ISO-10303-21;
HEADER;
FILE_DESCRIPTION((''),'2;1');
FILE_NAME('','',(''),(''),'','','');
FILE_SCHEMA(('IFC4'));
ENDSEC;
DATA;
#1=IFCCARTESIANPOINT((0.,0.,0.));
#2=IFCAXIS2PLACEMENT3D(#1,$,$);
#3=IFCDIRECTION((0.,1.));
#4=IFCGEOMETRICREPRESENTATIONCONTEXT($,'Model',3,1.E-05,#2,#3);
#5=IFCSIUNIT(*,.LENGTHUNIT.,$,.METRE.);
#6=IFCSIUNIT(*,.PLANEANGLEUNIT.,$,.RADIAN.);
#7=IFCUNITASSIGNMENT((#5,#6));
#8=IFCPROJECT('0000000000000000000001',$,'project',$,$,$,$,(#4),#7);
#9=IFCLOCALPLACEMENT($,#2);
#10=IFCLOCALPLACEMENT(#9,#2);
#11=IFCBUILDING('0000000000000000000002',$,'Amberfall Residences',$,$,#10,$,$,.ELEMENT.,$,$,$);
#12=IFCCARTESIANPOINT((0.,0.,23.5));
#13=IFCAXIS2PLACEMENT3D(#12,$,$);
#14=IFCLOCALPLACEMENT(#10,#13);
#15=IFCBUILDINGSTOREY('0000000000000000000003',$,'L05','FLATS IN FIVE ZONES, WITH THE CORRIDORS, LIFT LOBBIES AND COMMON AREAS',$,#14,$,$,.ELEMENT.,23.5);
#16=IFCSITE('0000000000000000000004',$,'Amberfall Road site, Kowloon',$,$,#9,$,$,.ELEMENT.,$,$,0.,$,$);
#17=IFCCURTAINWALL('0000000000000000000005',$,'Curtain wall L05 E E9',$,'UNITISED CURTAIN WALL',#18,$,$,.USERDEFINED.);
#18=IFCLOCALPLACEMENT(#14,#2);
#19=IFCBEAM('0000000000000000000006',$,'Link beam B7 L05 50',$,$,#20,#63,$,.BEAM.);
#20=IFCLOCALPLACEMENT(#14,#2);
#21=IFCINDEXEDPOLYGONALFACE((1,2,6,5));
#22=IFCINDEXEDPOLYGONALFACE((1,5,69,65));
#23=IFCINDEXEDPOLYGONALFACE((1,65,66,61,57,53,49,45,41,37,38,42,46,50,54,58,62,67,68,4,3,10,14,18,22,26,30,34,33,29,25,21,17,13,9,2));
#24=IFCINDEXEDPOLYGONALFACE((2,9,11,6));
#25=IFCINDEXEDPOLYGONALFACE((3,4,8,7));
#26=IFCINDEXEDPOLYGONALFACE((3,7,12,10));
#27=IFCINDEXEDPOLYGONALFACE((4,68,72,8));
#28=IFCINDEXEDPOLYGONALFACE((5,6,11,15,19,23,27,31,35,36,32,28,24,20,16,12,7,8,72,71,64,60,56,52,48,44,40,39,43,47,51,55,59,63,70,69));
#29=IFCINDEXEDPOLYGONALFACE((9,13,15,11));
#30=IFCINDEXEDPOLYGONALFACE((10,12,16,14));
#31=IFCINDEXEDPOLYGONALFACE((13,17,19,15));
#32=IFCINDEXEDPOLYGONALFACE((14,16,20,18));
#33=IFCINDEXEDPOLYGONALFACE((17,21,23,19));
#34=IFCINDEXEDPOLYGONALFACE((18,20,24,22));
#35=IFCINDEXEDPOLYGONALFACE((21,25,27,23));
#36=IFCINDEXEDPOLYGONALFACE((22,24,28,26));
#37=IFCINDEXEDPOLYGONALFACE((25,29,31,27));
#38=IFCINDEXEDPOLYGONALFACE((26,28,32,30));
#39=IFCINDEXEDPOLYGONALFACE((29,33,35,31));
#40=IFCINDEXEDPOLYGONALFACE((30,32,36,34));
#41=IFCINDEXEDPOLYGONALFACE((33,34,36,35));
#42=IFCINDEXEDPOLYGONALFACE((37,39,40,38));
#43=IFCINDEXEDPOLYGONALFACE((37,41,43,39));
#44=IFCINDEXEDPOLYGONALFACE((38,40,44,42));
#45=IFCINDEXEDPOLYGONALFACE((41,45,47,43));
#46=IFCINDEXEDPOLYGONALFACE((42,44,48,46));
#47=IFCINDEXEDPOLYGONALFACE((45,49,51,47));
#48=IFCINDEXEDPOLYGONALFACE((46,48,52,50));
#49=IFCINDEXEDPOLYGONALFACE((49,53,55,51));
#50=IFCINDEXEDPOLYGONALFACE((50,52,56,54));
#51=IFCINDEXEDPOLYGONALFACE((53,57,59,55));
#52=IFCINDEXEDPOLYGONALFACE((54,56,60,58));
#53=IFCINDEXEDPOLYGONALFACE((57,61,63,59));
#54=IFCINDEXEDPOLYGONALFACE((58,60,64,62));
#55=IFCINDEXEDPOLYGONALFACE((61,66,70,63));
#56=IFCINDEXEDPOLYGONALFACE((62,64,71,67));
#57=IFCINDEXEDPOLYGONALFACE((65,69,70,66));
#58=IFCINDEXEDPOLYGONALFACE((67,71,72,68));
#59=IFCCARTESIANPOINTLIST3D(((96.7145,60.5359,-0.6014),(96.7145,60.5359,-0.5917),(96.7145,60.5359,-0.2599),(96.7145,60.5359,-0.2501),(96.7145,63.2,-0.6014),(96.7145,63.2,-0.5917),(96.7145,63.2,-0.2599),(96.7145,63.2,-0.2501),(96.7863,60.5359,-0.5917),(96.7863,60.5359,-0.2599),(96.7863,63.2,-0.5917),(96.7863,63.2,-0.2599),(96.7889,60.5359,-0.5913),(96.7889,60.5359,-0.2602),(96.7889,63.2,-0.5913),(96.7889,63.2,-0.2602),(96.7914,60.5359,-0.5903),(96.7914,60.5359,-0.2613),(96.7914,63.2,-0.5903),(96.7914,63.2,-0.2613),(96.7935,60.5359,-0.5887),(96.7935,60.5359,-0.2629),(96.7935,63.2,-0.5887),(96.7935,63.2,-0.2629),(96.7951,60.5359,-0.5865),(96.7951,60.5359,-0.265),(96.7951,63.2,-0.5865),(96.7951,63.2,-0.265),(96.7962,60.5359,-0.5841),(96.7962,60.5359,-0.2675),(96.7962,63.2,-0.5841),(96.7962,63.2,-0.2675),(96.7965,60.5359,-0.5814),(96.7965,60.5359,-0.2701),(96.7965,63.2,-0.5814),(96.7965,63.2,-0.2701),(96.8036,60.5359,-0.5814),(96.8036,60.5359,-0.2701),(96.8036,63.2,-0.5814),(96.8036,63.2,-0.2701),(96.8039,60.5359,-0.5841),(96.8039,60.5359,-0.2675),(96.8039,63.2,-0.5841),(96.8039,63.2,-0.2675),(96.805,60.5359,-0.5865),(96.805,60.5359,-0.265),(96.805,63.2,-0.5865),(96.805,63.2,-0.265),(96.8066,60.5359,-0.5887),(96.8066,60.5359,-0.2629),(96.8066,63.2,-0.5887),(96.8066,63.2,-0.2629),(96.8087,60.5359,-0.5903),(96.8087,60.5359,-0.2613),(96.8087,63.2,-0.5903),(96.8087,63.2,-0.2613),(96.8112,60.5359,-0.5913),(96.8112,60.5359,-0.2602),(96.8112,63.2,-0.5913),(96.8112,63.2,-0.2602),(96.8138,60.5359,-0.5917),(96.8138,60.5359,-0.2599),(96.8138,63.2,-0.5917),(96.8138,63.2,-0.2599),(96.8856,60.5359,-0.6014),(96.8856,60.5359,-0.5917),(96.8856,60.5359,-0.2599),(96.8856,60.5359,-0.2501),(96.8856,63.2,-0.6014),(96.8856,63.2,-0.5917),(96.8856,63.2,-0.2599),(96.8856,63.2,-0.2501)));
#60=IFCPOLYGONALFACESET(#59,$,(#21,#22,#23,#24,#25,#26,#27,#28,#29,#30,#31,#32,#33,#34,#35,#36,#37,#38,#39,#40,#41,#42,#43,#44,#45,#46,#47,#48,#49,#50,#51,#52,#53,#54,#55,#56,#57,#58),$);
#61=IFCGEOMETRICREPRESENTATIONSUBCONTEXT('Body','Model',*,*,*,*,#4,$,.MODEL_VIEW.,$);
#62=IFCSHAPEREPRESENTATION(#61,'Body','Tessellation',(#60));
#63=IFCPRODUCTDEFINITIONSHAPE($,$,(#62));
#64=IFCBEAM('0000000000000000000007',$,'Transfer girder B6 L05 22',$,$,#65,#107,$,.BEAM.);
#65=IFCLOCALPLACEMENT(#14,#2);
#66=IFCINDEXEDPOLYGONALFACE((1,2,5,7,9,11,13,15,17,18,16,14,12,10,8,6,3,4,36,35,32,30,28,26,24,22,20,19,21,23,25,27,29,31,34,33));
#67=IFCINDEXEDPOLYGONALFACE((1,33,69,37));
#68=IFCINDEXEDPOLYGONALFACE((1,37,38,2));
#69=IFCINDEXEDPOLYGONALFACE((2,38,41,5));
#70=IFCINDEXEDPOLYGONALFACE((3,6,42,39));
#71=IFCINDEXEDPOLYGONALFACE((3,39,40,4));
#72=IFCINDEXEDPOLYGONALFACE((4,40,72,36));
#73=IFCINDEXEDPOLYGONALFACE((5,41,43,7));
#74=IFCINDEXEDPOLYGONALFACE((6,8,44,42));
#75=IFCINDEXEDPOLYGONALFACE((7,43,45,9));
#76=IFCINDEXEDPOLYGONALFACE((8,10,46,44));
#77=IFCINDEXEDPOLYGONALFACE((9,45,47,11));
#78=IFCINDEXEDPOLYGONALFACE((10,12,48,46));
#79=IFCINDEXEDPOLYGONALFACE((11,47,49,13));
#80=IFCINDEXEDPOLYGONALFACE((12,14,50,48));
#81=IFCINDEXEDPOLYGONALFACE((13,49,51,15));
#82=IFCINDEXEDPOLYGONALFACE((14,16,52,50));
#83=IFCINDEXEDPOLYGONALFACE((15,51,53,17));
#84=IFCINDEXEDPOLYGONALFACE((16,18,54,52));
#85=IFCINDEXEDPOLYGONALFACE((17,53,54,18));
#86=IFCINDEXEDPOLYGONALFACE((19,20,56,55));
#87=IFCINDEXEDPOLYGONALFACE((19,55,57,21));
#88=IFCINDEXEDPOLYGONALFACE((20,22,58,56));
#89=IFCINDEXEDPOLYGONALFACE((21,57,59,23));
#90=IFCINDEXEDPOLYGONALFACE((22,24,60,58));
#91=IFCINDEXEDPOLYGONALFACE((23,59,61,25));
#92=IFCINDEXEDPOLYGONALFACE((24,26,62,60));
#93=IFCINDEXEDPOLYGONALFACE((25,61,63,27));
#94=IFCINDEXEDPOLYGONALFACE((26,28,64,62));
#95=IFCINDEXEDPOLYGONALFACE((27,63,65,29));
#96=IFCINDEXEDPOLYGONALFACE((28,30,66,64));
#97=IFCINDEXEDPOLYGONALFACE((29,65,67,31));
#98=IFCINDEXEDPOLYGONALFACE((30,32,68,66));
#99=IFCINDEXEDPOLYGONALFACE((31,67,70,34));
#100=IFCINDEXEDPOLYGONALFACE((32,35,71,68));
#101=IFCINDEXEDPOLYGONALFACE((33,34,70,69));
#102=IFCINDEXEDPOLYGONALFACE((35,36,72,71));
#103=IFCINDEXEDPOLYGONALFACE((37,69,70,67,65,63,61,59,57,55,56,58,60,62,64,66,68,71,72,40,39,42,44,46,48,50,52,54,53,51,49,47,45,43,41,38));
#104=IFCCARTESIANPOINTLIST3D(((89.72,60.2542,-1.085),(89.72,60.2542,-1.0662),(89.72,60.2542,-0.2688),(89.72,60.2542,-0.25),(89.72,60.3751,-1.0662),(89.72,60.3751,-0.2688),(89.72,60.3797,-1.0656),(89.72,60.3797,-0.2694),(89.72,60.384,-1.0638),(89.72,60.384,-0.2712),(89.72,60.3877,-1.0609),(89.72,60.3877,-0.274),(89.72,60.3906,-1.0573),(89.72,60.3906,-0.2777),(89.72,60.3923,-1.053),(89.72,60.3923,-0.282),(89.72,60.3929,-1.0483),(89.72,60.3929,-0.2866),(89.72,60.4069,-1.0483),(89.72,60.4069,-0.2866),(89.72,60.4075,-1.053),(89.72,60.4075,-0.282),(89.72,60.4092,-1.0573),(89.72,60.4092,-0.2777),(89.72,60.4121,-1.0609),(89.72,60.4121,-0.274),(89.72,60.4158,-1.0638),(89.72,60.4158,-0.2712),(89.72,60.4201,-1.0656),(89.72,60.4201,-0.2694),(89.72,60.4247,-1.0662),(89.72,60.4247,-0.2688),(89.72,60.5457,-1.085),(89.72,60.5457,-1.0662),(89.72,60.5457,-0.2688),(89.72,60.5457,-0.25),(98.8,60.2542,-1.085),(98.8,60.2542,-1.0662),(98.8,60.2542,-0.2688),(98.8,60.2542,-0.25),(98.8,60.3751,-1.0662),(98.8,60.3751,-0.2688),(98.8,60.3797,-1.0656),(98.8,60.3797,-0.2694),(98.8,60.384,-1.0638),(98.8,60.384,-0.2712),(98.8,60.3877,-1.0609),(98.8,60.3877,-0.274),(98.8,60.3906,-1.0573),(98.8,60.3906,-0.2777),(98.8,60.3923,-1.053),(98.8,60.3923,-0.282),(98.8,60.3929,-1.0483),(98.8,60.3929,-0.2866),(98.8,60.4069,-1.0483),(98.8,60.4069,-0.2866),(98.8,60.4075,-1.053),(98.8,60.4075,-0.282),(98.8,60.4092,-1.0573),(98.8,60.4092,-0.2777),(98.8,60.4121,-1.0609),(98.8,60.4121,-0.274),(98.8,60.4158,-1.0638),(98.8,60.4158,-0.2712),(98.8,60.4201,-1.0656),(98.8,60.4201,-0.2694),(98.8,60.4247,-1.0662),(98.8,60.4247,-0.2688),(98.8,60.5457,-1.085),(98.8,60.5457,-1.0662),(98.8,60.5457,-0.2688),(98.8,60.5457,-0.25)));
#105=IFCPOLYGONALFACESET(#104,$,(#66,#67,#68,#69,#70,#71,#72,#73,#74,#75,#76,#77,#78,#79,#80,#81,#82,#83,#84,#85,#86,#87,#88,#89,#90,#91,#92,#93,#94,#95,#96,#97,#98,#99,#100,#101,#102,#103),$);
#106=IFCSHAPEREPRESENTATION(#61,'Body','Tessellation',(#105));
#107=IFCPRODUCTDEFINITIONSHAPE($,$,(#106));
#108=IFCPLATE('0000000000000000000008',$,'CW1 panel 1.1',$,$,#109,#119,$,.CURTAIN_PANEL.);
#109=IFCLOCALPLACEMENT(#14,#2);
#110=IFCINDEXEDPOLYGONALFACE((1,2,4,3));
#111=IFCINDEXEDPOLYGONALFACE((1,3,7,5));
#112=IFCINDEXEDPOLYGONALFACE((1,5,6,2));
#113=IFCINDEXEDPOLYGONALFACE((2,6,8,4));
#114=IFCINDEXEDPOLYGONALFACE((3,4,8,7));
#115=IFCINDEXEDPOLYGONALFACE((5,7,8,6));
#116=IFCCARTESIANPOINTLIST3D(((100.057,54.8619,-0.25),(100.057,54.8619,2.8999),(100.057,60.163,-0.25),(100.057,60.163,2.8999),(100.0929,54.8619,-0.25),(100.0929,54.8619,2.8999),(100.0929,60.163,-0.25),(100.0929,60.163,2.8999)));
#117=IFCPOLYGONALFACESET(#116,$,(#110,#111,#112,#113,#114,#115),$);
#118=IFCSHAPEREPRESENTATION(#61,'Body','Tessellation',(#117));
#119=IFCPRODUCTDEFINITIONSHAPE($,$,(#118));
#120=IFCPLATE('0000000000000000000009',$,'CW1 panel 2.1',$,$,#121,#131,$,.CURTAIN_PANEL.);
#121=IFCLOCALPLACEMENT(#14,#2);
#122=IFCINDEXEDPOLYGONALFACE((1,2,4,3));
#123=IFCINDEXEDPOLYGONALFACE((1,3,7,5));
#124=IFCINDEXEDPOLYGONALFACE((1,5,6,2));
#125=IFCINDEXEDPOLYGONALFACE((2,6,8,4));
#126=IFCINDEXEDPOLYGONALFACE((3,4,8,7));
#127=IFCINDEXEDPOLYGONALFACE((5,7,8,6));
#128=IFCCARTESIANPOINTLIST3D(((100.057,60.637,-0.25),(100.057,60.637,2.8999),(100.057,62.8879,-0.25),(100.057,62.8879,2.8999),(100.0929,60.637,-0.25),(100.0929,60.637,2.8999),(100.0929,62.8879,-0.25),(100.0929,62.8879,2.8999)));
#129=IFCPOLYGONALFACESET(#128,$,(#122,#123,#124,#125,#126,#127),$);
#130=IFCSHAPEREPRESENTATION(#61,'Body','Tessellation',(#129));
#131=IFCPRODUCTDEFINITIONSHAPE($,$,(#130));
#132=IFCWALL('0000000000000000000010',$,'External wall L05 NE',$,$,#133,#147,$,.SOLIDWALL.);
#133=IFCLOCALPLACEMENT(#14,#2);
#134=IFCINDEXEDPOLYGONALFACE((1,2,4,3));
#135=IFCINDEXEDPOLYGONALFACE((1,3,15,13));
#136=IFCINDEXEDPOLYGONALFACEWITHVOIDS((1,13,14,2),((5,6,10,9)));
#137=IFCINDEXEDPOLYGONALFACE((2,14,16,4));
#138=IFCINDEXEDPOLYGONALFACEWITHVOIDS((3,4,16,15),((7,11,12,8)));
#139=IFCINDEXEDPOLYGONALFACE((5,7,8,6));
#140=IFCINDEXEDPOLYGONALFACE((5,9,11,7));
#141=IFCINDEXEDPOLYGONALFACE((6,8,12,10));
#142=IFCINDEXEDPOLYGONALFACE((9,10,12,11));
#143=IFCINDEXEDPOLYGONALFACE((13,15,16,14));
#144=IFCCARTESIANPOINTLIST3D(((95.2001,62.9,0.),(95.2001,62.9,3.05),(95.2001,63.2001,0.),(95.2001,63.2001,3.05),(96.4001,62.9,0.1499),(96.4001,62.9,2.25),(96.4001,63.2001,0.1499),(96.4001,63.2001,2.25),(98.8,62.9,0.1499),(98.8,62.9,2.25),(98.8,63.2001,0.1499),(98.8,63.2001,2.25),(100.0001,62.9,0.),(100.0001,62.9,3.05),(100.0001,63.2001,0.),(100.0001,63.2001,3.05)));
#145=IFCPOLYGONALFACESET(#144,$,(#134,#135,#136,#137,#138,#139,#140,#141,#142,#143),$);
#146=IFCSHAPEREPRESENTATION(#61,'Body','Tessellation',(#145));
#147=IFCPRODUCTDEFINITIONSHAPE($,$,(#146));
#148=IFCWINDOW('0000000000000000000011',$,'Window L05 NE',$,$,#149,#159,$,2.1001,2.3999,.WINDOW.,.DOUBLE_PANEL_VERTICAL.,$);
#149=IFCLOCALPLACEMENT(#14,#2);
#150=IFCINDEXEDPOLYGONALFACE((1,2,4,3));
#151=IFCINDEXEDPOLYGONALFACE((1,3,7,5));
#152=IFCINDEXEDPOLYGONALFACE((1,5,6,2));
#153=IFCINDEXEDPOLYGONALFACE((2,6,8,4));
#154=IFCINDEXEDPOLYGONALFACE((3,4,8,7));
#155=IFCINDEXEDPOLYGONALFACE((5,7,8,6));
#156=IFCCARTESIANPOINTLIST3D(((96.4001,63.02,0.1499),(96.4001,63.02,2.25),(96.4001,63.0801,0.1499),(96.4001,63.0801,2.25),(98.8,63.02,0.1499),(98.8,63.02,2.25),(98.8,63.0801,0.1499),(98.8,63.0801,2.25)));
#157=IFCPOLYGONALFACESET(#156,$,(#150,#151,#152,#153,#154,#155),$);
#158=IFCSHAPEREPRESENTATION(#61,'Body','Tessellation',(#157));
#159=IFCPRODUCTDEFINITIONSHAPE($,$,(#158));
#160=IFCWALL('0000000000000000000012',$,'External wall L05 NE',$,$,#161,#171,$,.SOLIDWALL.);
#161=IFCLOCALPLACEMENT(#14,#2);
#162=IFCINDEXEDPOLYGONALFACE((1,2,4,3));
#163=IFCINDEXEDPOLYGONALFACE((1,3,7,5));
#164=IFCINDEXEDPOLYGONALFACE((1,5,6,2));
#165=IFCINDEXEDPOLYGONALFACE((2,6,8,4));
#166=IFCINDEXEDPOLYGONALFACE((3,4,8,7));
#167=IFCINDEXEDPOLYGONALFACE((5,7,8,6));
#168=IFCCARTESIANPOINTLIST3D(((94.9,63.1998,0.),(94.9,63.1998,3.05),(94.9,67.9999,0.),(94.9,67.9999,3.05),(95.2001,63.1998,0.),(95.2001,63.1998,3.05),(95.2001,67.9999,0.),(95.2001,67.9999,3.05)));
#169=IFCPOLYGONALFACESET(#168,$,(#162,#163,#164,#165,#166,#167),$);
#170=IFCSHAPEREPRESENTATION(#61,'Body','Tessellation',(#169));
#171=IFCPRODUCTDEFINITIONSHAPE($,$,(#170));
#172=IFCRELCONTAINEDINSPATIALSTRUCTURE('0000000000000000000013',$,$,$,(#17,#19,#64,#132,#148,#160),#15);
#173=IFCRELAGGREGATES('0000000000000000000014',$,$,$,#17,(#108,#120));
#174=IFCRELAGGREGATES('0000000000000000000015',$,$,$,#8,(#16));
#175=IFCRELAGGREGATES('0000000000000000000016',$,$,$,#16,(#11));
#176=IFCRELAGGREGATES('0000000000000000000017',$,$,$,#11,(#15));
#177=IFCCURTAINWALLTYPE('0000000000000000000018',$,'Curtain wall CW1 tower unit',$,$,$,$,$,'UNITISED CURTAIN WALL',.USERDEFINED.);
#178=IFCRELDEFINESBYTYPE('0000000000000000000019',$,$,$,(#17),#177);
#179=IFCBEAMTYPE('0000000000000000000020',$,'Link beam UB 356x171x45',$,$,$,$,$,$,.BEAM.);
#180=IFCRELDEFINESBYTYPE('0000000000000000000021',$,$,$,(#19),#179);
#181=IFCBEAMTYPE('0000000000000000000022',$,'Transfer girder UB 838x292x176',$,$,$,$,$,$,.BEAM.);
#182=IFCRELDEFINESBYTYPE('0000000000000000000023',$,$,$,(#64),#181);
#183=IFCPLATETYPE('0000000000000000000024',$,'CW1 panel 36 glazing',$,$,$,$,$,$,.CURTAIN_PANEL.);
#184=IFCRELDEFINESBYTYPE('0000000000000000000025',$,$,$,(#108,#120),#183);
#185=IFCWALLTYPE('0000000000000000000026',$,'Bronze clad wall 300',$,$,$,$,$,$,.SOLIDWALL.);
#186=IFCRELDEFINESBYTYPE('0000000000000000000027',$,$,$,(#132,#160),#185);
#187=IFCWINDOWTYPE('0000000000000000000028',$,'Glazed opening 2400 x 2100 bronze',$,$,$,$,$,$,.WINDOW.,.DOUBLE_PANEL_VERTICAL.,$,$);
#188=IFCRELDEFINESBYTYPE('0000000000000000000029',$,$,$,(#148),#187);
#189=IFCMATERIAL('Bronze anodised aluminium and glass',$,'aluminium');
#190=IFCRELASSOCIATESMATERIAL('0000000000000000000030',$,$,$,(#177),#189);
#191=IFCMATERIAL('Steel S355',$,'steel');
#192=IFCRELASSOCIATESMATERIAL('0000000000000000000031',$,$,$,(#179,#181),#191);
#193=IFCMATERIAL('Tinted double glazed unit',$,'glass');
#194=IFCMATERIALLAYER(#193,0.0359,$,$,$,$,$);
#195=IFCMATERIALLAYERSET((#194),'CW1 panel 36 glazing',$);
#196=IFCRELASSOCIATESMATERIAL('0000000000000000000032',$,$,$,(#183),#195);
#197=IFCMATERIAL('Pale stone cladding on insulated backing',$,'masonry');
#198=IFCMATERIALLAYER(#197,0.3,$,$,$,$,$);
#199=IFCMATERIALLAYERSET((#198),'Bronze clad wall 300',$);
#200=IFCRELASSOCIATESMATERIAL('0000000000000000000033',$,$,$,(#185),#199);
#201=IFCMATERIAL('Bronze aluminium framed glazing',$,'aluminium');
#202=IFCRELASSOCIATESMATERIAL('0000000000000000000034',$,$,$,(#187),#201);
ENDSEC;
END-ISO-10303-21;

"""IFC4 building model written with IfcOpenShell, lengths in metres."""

from ifc_helpers import new_model, si_unit, direction, frame, frame_2d, origin, origin_2d, place, context, subcontext, project, spatial, rectangle, i_section, extrude, material, layer, layer_set, material_profile, profile_set, type_object, element, fill, aggregate, save


model = new_model("IFC4")

# Units and contexts
model_context = context("Model", 3, precision=1e-05, world=origin(), true_north=direction((0.0, 1.0)))
body_context = subcontext(model_context, "Body", "Model", "MODEL_VIEW")
ifc_project = project(units=[si_unit("LENGTHUNIT", "METRE"), si_unit("PLANEANGLEUNIT", "RADIAN")], contexts=[model_context])

# Site, building, storey
site_placement = place(None, origin())
site = spatial("IfcSite", under=ifc_project, at=site_placement, Name="Amberfall Road site, Kowloon", CompositionType="ELEMENT", RefElevation=0.0)
building_placement = place(site_placement, origin())
building = spatial("IfcBuilding", under=site, at=building_placement, Name="Amberfall Residences", CompositionType="ELEMENT")
storey_placement = place(building_placement, frame((0.0, 0.0, 23.5)))
storey = spatial("IfcBuildingStorey", under=building, at=storey_placement, Name="L05", Description="FLATS IN FIVE ZONES, WITH THE CORRIDORS, LIFT LOBBIES AND COMMON AREAS", CompositionType="ELEMENT", Elevation=23.5)

# Curtain wall
ifc_material_1 = material(Name="Bronze anodised aluminium and glass", Category="aluminium")
curtain_wall_type = type_object("IfcCurtainWallType", Name="Curtain wall CW1 tower unit", ElementType="UNITISED CURTAIN WALL", PredefinedType="USERDEFINED", material=ifc_material_1)
curtain_wall_placement = place(storey_placement, origin())
curtain_wall = element("IfcCurtainWall", 1, at=curtain_wall_placement, inside=storey, type_object=curtain_wall_type, Name="Curtain wall L05 E E9", ObjectType="UNITISED CURTAIN WALL", PredefinedType="USERDEFINED")

# Shared definitions
ifc_material_2 = material(Name="Steel S355", Category="steel")

# Beams
ifc_material_profile_1 = material_profile(ifc_material_2, i_section(OverallWidth=0.1711, OverallDepth=0.3513, WebThickness=0.0071, FlangeThickness=0.0098, FilletRadius=0.0103, at=origin_2d()), Name="UB 356x171x45")
ifc_profile_set_1 = profile_set([ifc_material_profile_1], Name="Steel S355")
beam_type_1 = type_object("IfcBeamType", Name="Link beam UB 356x171x45", PredefinedType="BEAM", material=ifc_profile_set_1)
beam_1_placement = place(storey_placement, frame((96.8, 63.2, -0.4258), z_axis=(0.0, -1.0, 0.0), x_axis=(1.0, 0.0, 0.0)))
element("IfcBeam", 2, at=beam_1_placement, inside=storey, type_object=beam_type_1, Name="Link beam B7 L05 50", PredefinedType="BEAM", context=body_context, shape_type="SweptSolid", body=[
    extrude(i_section(OverallWidth=0.1711, OverallDepth=0.3513, WebThickness=0.0071, FlangeThickness=0.0098, FilletRadius=0.0103, at=origin_2d()), origin(), (0.0, 0.0, 1.0), 2.6641),
])
ifc_material_profile_2 = material_profile(ifc_material_2, i_section(OverallWidth=0.2915, OverallDepth=0.835, WebThickness=0.0139, FlangeThickness=0.0188, FilletRadius=0.0178, at=origin_2d()), Name="UB 838x292x176")
ifc_profile_set_2 = profile_set([ifc_material_profile_2], Name="Steel S355")
beam_type_2 = type_object("IfcBeamType", Name="Transfer girder UB 838x292x176", PredefinedType="BEAM", material=ifc_profile_set_2)
beam_2_placement = place(storey_placement, frame((98.8, 60.3999, -0.6675), z_axis=(-1.0, 0.0, 0.0), x_axis=(0.0, -1.0, 0.0)))
element("IfcBeam", 3, at=beam_2_placement, inside=storey, type_object=beam_type_2, Name="Transfer girder B6 L05 22", PredefinedType="BEAM", context=body_context, shape_type="SweptSolid", body=[
    extrude(i_section(OverallWidth=0.2915, OverallDepth=0.835, WebThickness=0.0139, FlangeThickness=0.0188, FilletRadius=0.0178, at=origin_2d()), origin(), (0.0, 0.0, 1.0), 9.0801),
])

# Plates
ifc_material_3 = material(Name="Tinted double glazed unit", Category="glass")
ifc_layer_1 = layer(ifc_material_3, 0.0359)
ifc_layer_set_1 = layer_set([ifc_layer_1], Name="CW1 panel 36 glazing")
plate_type = type_object("IfcPlateType", Name="CW1 panel 36 glazing", PredefinedType="CURTAIN_PANEL", material=ifc_layer_set_1)
plate_1_placement = place(storey_placement, frame((100.075, 57.5125, -0.25), z_axis=(0.0, 0.0, 1.0), x_axis=(0.0, 1.0, 0.0)))
plate_1 = element("IfcPlate", 4, at=plate_1_placement, type_object=plate_type, Name="CW1 panel 1.1", PredefinedType="CURTAIN_PANEL", context=body_context, shape_type="SweptSolid", body=[
    extrude(rectangle(XDim=5.301, YDim=0.0359, at=origin_2d()), origin(), (0.0, 0.0, 1.0), 3.1499),
])
plate_2_placement = place(storey_placement, frame((100.075, 61.7625, -0.25), z_axis=(0.0, 0.0, 1.0), x_axis=(0.0, 1.0, 0.0)))
plate_2 = element("IfcPlate", 5, at=plate_2_placement, type_object=plate_type, Name="CW1 panel 2.1", PredefinedType="CURTAIN_PANEL", context=body_context, shape_type="SweptSolid", body=[
    extrude(rectangle(XDim=2.251, YDim=0.0359, at=origin_2d()), origin(), (0.0, 0.0, 1.0), 3.1499),
])
aggregate(curtain_wall, [plate_1, plate_2])

# Wall, opening, window
ifc_material_4 = material(Name="Pale stone cladding on insulated backing", Category="masonry")
ifc_layer_2 = layer(ifc_material_4, 0.3)
ifc_layer_set_2 = layer_set([ifc_layer_2], Name="Bronze clad wall 300")
wall_type_1 = type_object("IfcWallType", Name="Bronze clad wall 300", PredefinedType="SOLIDWALL", material=ifc_layer_set_2)
wall_1_placement = place(storey_placement, frame((100.0, 63.05, 0.0), z_axis=(0.0, 0.0, 1.0), x_axis=(-1.0, 0.0, 0.0)))
wall_1 = element("IfcWall", 6, at=wall_1_placement, inside=storey, type_object=wall_type_1, Name="External wall L05 NE", PredefinedType="SOLIDWALL", context=body_context, shape_type="SweptSolid", body=[
    extrude(rectangle(XDim=4.8, YDim=0.3, at=frame_2d((2.3999, 0.0))), origin(), (0.0, 0.0, 1.0), 3.05),
])
opening_1_placement = place(wall_1_placement, frame((1.2, 0.0, 0.1499)))
opening_1 = element("IfcOpeningElement", 7, at=opening_1_placement, cuts=wall_1, PredefinedType="OPENING", context=body_context, shape_type="SweptSolid", body=[
    extrude(rectangle(XDim=2.3999, YDim=2.1001, at=frame_2d((1.2, 1.05))), frame((0.0, 0.1599, 0.0), z_axis=(0.0, -1.0, 0.0), x_axis=(1.0, 0.0, 0.0)), (0.0, 0.0, 1.0), 0.3201),
])
ifc_material_5 = material(Name="Bronze aluminium framed glazing", Category="aluminium")
window_type = type_object("IfcWindowType", Name="Glazed opening 2400 x 2100 bronze", PartitioningType="DOUBLE_PANEL_VERTICAL", PredefinedType="WINDOW", material=ifc_material_5)
window_placement = place(opening_1_placement, origin())
window = element("IfcWindow", 8, at=window_placement, inside=storey, type_object=window_type, Name="Window L05 NE", OverallHeight=2.1001, OverallWidth=2.3999, PartitioningType="DOUBLE_PANEL_VERTICAL", PredefinedType="WINDOW", context=body_context, shape_type="SweptSolid", body=[
    extrude(rectangle(XDim=2.3999, YDim=2.1001, at=frame_2d((1.2, 1.05))), frame((0.0, 0.03, 0.0), z_axis=(0.0, -1.0, 0.0), x_axis=(1.0, 0.0, 0.0)), (0.0, 0.0, 1.0), 0.0601),
])
fill(opening_1, window)

# Wall
wall_2_placement = place(storey_placement, frame((95.05, 63.2, 0.0), z_axis=(0.0, 0.0, 1.0), x_axis=(0.0, 1.0, 0.0)))
element("IfcWall", 9, at=wall_2_placement, inside=storey, type_object=wall_type_1, Name="External wall L05 NE", PredefinedType="SOLIDWALL", context=body_context, shape_type="SweptSolid", body=[
    extrude(rectangle(XDim=4.8, YDim=0.3, at=frame_2d((2.3999, 0.0))), origin(), (0.0, 0.0, 1.0), 3.05),
])

save(model, "model.ifc")
